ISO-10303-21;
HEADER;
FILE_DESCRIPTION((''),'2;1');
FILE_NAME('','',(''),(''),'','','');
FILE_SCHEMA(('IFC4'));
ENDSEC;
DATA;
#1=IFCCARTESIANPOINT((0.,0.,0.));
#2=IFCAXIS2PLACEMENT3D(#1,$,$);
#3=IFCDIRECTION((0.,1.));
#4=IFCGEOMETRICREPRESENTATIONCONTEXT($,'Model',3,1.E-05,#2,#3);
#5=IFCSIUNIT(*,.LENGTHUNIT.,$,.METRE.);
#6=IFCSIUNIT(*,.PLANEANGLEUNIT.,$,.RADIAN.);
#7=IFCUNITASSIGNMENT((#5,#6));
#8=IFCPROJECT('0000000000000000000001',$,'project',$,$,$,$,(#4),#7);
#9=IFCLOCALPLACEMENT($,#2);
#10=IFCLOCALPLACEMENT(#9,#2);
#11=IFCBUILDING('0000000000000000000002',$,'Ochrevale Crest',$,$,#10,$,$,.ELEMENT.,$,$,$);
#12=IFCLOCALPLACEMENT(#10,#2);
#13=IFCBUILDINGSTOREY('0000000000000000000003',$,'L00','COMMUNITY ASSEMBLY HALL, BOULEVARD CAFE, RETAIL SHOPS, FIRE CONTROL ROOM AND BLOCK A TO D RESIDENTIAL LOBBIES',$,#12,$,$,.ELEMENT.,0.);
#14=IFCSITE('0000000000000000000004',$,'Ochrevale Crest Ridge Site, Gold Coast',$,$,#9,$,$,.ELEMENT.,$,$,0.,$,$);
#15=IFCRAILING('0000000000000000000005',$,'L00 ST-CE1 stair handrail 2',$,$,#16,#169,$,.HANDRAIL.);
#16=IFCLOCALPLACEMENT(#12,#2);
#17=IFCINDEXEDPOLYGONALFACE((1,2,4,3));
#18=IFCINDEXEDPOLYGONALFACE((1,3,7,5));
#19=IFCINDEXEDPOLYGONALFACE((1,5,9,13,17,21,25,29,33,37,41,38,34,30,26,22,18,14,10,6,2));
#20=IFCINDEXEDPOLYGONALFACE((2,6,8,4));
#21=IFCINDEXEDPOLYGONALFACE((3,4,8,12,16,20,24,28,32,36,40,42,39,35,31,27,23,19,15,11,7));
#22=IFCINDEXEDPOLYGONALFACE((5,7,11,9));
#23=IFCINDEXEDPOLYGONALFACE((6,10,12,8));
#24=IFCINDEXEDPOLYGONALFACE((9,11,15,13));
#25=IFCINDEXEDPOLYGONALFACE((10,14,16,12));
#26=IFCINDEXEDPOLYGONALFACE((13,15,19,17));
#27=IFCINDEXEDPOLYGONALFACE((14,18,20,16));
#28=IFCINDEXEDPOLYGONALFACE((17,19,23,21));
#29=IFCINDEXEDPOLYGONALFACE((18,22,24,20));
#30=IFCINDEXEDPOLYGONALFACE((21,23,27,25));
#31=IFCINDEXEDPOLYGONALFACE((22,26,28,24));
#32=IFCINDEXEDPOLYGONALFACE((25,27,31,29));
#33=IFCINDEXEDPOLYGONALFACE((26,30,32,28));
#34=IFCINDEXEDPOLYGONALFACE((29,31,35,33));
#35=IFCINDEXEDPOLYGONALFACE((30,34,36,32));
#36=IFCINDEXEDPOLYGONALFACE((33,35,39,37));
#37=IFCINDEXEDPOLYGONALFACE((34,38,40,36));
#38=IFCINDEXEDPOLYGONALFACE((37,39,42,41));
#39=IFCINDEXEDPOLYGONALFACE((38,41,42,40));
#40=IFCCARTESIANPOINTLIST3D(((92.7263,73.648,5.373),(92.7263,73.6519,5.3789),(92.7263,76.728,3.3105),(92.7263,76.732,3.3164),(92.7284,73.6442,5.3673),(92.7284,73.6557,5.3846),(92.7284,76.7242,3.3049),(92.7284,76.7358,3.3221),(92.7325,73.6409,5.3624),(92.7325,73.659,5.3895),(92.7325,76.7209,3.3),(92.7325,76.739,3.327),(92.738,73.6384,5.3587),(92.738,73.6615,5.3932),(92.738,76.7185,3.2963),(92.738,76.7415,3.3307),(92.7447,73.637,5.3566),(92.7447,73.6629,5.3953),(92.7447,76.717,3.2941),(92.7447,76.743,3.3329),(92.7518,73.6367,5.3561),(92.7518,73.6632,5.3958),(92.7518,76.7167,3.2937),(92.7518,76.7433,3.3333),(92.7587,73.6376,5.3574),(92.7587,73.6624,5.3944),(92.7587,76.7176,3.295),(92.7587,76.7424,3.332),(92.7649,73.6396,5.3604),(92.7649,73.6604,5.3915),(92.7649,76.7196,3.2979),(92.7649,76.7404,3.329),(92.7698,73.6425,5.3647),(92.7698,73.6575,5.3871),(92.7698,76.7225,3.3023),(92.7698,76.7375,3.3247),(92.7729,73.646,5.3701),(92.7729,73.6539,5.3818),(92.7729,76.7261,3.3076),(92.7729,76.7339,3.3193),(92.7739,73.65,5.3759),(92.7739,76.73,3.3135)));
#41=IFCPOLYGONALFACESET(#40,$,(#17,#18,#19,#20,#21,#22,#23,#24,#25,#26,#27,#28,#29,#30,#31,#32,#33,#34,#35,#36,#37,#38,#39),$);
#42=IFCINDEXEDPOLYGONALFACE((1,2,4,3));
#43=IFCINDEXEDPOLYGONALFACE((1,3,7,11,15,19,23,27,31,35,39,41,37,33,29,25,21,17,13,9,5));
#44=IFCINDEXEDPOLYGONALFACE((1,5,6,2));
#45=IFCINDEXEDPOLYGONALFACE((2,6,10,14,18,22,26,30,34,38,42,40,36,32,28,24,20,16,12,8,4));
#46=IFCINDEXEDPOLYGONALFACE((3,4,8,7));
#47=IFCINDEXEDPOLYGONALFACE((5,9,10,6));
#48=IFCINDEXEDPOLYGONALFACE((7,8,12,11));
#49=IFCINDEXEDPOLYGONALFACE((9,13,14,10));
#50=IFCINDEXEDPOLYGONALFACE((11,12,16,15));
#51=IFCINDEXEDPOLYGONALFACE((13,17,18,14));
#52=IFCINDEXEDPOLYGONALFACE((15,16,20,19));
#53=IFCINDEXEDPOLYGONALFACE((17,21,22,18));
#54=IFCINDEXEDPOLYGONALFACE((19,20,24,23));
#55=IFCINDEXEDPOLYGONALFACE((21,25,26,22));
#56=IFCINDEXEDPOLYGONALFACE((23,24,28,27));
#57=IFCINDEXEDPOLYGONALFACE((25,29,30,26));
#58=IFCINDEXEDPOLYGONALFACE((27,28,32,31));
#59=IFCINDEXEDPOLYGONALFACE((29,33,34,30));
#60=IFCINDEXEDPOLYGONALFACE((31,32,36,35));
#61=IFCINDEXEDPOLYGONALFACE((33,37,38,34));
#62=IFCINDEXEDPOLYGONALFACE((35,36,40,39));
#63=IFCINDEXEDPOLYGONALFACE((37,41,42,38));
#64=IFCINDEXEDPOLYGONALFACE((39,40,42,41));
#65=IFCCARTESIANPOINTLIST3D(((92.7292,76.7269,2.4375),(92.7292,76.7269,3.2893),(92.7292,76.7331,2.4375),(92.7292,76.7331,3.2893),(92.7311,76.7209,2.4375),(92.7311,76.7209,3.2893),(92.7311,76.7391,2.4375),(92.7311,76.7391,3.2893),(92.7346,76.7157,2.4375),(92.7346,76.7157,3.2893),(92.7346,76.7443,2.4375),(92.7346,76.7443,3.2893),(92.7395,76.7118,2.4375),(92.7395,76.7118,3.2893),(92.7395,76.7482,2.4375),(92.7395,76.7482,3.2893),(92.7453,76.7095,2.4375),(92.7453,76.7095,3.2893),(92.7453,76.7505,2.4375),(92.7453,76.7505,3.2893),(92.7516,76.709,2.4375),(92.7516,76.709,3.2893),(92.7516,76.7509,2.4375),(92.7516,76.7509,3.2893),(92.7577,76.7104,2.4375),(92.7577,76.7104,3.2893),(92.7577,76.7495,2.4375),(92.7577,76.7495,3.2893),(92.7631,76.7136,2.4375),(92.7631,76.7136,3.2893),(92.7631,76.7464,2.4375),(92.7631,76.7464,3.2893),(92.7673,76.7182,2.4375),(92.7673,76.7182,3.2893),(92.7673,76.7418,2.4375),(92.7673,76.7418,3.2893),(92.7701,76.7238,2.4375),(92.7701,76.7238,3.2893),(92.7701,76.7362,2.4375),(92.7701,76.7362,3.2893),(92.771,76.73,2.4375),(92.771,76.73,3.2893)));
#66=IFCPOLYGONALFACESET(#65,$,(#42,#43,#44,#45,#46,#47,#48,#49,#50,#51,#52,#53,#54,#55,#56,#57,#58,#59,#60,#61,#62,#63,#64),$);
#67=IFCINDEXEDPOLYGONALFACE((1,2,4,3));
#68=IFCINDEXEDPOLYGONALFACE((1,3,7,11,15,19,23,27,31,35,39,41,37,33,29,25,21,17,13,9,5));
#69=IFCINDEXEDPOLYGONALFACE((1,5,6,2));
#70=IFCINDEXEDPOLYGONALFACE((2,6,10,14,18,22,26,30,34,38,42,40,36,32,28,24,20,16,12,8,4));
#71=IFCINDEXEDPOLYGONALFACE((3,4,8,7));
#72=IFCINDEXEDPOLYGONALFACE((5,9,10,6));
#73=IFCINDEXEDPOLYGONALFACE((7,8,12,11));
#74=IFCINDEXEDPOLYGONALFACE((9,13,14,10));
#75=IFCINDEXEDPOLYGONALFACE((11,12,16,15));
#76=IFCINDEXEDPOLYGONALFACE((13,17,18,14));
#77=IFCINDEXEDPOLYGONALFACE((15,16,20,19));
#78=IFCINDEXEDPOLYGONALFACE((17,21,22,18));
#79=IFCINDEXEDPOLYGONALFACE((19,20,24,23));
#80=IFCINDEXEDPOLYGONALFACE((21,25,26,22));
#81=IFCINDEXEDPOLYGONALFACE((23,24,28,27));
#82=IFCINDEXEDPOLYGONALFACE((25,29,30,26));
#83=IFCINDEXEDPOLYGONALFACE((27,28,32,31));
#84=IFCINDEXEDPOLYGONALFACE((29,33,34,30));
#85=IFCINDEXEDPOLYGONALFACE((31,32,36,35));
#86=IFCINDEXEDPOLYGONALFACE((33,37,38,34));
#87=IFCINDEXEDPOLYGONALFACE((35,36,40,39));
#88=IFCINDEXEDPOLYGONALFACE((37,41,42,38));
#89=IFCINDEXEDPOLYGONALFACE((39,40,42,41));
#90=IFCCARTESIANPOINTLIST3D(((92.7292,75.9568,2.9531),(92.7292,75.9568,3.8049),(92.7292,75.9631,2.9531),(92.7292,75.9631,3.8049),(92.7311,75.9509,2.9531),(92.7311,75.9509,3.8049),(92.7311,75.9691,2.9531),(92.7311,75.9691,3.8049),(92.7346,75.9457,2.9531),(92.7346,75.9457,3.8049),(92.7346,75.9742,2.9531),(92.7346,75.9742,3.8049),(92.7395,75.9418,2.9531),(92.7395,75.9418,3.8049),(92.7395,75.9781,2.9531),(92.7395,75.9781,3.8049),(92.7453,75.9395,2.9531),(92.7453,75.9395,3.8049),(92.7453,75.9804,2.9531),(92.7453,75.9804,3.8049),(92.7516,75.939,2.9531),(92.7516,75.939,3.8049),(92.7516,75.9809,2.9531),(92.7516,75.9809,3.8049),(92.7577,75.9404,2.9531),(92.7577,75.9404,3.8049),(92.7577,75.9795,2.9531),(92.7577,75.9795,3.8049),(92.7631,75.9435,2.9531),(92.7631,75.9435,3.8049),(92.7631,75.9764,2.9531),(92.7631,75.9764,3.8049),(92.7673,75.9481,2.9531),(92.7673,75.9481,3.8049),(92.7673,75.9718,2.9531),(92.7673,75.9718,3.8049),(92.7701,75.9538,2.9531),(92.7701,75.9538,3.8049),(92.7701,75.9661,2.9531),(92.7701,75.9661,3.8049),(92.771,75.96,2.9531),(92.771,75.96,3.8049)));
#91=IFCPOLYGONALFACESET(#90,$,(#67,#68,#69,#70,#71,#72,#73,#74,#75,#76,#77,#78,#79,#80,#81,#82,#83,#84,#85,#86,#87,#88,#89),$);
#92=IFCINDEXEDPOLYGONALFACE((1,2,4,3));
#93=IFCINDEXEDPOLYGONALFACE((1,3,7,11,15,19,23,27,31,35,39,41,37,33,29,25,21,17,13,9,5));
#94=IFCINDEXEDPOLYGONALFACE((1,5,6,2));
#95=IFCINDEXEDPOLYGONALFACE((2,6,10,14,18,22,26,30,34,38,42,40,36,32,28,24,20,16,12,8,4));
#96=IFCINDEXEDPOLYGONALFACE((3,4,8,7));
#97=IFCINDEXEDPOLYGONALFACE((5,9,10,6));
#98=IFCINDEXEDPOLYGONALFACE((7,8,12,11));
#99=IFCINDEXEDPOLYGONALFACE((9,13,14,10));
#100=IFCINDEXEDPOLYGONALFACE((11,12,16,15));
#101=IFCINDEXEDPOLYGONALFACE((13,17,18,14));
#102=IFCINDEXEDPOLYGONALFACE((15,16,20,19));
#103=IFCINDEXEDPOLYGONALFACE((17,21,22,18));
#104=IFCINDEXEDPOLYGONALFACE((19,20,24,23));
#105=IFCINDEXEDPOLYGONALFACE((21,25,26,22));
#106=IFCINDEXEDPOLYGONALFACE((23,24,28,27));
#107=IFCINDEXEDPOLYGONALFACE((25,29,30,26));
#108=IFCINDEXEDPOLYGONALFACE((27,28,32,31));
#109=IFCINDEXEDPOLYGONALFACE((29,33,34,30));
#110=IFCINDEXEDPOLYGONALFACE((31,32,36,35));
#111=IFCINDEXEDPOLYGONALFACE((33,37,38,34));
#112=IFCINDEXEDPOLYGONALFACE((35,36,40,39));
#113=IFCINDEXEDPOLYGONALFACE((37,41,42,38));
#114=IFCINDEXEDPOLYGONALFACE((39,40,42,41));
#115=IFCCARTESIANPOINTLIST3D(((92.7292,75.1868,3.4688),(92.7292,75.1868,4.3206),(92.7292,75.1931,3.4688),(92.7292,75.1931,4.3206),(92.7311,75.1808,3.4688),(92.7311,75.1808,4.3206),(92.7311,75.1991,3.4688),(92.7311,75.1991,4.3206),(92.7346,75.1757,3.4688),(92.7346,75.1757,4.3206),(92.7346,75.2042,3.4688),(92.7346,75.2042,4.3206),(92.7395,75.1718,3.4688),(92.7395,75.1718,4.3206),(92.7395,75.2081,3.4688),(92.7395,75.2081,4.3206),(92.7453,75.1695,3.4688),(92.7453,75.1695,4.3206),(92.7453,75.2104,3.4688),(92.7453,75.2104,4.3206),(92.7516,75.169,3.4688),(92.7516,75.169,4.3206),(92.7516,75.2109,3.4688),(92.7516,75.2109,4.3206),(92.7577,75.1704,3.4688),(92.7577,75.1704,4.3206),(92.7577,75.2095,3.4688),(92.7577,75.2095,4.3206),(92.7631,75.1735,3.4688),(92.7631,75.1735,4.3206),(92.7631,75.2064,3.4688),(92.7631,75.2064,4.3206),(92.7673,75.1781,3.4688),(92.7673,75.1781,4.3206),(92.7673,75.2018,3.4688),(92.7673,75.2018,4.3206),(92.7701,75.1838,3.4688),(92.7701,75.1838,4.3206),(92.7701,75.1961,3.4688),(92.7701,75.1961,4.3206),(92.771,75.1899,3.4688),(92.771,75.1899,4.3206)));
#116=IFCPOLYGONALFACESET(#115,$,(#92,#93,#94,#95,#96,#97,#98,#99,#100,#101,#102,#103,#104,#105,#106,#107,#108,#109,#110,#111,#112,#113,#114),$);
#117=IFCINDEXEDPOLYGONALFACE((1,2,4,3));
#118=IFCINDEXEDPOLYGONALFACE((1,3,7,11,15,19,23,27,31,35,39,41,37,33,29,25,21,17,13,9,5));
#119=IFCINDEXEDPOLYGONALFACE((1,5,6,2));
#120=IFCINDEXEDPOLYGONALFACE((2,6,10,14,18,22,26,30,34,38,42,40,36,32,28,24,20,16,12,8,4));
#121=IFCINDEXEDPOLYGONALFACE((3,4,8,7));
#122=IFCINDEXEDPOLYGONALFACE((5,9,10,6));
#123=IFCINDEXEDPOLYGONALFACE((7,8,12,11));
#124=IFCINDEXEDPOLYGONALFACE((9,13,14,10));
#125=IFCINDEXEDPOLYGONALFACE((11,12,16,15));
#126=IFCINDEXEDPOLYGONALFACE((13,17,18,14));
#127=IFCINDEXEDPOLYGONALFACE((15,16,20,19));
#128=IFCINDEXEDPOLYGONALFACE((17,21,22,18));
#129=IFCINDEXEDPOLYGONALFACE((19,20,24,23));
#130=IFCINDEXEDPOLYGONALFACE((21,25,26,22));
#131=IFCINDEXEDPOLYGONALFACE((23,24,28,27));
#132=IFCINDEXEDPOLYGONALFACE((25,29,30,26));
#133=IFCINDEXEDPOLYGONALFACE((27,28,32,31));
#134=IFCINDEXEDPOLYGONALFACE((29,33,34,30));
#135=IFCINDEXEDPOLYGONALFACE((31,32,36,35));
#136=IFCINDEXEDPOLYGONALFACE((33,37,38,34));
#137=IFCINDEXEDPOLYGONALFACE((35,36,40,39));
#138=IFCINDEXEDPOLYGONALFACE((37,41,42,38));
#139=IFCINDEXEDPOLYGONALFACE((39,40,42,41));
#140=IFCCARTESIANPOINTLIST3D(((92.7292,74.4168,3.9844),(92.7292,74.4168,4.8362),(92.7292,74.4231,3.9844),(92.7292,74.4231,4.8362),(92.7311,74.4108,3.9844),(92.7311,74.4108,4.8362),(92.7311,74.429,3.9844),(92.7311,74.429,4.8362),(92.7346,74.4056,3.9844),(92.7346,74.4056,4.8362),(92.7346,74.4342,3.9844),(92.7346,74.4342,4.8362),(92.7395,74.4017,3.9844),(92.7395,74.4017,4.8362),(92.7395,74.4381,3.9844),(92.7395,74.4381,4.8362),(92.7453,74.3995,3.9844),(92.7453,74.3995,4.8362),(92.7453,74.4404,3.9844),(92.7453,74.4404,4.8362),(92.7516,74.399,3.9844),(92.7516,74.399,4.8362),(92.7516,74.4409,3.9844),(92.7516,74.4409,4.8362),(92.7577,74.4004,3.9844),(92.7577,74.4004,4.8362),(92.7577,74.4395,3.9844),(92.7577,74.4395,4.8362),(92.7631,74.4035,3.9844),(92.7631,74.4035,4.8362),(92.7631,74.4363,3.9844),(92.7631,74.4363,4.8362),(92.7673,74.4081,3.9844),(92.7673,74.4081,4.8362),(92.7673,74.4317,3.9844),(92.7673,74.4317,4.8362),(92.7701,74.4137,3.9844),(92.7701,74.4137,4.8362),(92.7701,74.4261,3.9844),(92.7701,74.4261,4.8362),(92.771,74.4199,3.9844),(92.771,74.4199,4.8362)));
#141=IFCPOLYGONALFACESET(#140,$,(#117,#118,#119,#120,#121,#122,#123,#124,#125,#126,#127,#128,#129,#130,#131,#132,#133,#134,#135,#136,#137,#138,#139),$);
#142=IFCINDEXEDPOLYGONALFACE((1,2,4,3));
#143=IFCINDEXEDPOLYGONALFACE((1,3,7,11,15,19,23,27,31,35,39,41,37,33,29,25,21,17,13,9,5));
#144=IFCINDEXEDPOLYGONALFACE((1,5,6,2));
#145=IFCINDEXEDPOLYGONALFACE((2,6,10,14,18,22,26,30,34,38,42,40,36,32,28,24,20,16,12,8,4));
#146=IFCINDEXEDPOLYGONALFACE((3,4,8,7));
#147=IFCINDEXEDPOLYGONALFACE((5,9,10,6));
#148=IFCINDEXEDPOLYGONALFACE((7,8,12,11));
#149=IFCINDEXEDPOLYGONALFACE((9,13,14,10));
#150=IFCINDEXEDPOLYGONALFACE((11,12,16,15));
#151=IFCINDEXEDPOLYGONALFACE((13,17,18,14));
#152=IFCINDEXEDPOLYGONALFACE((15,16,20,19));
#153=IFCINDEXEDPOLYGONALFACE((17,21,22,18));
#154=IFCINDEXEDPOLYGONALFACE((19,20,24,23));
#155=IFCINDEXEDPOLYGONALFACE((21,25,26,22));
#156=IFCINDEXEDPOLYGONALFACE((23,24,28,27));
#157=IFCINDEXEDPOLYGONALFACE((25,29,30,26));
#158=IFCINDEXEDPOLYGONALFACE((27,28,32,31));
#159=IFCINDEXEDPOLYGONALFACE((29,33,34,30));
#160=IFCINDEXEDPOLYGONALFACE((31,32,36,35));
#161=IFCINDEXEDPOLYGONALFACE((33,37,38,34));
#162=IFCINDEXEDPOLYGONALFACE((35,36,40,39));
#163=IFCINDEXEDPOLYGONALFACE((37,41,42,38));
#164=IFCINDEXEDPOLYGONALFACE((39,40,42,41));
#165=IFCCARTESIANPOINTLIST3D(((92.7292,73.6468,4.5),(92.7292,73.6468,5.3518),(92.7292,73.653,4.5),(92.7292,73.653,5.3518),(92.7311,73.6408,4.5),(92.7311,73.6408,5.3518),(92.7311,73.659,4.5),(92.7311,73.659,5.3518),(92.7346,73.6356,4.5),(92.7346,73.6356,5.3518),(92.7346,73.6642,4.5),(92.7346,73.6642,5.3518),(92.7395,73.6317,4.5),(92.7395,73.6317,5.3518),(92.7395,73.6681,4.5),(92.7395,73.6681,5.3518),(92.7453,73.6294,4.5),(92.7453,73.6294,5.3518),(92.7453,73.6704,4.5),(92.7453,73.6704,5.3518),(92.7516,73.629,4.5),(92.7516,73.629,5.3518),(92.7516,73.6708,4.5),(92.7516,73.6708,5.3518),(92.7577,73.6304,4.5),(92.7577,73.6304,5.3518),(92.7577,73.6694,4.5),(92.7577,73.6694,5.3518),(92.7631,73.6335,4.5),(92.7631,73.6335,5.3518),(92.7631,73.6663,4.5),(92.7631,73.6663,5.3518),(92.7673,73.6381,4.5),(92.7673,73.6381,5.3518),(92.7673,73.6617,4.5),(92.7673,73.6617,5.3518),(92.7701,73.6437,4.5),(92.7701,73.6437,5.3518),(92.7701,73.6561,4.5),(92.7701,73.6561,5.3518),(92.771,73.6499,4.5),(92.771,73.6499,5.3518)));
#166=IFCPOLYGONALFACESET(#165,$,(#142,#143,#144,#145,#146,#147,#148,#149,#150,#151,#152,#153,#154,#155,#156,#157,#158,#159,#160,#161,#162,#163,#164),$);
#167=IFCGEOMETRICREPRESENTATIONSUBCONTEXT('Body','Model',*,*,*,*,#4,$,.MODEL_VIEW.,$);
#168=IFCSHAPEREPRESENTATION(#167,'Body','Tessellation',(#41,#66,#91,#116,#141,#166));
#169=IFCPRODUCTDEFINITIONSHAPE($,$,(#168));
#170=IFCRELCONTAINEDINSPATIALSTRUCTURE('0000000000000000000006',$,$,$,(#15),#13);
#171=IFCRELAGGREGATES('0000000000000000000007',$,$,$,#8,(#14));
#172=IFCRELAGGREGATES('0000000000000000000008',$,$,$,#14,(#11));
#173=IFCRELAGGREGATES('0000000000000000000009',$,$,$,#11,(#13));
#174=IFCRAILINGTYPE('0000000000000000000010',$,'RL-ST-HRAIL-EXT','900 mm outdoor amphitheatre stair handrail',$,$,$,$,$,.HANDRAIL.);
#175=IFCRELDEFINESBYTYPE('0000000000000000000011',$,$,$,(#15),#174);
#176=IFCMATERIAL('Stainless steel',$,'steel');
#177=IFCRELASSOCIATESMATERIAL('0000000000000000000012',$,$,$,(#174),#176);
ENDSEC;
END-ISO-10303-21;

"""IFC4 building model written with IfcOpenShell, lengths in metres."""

from ifc_helpers import new_model, si_unit, direction, frame, origin, origin_2d, place, context, subcontext, project, spatial, circle, extrude, material, type_object, element, save


model = new_model("IFC4")

# Units and contexts
model_context = context("Model", 3, precision=1e-05, world=origin(), true_north=direction((0.0, 1.0)))
body_context = subcontext(model_context, "Body", "Model", "MODEL_VIEW")
ifc_project = project(units=[si_unit("LENGTHUNIT", "METRE"), si_unit("PLANEANGLEUNIT", "RADIAN")], contexts=[model_context])

# Site, building, storey
site_placement = place(None, origin())
site = spatial("IfcSite", under=ifc_project, at=site_placement, Name="Ochrevale Crest Ridge Site, Gold Coast", CompositionType="ELEMENT", RefElevation=0.0)
building_placement = place(site_placement, origin())
building = spatial("IfcBuilding", under=site, at=building_placement, Name="Ochrevale Crest", CompositionType="ELEMENT")
storey_placement = place(building_placement, origin())
storey = spatial("IfcBuildingStorey", under=building, at=storey_placement, Name="L00", Description="COMMUNITY ASSEMBLY HALL, BOULEVARD CAFE, RETAIL SHOPS, FIRE CONTROL ROOM AND BLOCK A TO D RESIDENTIAL LOBBIES", CompositionType="ELEMENT", Elevation=0.0)

# Railing
ifc_material_1 = material(Name="Stainless steel", Category="steel")
railing_type_1 = type_object("IfcRailingType", Name="RL-ST-HRAIL-EXT", Description="900 mm outdoor amphitheatre stair handrail", PredefinedType="HANDRAIL", material=ifc_material_1)
railing_1_placement = place(storey_placement, frame((92.75, 76.73, 2.4375)))
element("IfcRailing", 1, at=railing_1_placement, inside=storey, type_object=railing_type_1, Name="L00 ST-CE1 stair handrail 2", PredefinedType="HANDRAIL", context=body_context, shape_type="SweptSolid", body=[
    extrude(circle(Radius=0.0239, at=origin_2d()), frame((0.0, 0.0, 0.876), z_axis=(0.0, -0.830914, 0.556401), x_axis=(1.0, 0.0, 0.0)), (0.0, 0.0, 1.0), 3.7068),
    extrude(circle(Radius=0.021, at=origin_2d()), origin(), (0.0, 0.0, 1.0), 0.8518),
    extrude(circle(Radius=0.021, at=origin_2d()), frame((0.0, -0.77, 0.5156)), (0.0, 0.0, 1.0), 0.8518),
    extrude(circle(Radius=0.021, at=origin_2d()), frame((0.0, -1.54, 1.0312)), (0.0, 0.0, 1.0), 0.8518),
    extrude(circle(Radius=0.021, at=origin_2d()), frame((0.0, -2.3101, 1.5469)), (0.0, 0.0, 1.0), 0.8518),
    extrude(circle(Radius=0.021, at=origin_2d()), frame((0.0, -3.0801, 2.0625)), (0.0, 0.0, 1.0), 0.8518),
])

save(model, "model.ifc")
